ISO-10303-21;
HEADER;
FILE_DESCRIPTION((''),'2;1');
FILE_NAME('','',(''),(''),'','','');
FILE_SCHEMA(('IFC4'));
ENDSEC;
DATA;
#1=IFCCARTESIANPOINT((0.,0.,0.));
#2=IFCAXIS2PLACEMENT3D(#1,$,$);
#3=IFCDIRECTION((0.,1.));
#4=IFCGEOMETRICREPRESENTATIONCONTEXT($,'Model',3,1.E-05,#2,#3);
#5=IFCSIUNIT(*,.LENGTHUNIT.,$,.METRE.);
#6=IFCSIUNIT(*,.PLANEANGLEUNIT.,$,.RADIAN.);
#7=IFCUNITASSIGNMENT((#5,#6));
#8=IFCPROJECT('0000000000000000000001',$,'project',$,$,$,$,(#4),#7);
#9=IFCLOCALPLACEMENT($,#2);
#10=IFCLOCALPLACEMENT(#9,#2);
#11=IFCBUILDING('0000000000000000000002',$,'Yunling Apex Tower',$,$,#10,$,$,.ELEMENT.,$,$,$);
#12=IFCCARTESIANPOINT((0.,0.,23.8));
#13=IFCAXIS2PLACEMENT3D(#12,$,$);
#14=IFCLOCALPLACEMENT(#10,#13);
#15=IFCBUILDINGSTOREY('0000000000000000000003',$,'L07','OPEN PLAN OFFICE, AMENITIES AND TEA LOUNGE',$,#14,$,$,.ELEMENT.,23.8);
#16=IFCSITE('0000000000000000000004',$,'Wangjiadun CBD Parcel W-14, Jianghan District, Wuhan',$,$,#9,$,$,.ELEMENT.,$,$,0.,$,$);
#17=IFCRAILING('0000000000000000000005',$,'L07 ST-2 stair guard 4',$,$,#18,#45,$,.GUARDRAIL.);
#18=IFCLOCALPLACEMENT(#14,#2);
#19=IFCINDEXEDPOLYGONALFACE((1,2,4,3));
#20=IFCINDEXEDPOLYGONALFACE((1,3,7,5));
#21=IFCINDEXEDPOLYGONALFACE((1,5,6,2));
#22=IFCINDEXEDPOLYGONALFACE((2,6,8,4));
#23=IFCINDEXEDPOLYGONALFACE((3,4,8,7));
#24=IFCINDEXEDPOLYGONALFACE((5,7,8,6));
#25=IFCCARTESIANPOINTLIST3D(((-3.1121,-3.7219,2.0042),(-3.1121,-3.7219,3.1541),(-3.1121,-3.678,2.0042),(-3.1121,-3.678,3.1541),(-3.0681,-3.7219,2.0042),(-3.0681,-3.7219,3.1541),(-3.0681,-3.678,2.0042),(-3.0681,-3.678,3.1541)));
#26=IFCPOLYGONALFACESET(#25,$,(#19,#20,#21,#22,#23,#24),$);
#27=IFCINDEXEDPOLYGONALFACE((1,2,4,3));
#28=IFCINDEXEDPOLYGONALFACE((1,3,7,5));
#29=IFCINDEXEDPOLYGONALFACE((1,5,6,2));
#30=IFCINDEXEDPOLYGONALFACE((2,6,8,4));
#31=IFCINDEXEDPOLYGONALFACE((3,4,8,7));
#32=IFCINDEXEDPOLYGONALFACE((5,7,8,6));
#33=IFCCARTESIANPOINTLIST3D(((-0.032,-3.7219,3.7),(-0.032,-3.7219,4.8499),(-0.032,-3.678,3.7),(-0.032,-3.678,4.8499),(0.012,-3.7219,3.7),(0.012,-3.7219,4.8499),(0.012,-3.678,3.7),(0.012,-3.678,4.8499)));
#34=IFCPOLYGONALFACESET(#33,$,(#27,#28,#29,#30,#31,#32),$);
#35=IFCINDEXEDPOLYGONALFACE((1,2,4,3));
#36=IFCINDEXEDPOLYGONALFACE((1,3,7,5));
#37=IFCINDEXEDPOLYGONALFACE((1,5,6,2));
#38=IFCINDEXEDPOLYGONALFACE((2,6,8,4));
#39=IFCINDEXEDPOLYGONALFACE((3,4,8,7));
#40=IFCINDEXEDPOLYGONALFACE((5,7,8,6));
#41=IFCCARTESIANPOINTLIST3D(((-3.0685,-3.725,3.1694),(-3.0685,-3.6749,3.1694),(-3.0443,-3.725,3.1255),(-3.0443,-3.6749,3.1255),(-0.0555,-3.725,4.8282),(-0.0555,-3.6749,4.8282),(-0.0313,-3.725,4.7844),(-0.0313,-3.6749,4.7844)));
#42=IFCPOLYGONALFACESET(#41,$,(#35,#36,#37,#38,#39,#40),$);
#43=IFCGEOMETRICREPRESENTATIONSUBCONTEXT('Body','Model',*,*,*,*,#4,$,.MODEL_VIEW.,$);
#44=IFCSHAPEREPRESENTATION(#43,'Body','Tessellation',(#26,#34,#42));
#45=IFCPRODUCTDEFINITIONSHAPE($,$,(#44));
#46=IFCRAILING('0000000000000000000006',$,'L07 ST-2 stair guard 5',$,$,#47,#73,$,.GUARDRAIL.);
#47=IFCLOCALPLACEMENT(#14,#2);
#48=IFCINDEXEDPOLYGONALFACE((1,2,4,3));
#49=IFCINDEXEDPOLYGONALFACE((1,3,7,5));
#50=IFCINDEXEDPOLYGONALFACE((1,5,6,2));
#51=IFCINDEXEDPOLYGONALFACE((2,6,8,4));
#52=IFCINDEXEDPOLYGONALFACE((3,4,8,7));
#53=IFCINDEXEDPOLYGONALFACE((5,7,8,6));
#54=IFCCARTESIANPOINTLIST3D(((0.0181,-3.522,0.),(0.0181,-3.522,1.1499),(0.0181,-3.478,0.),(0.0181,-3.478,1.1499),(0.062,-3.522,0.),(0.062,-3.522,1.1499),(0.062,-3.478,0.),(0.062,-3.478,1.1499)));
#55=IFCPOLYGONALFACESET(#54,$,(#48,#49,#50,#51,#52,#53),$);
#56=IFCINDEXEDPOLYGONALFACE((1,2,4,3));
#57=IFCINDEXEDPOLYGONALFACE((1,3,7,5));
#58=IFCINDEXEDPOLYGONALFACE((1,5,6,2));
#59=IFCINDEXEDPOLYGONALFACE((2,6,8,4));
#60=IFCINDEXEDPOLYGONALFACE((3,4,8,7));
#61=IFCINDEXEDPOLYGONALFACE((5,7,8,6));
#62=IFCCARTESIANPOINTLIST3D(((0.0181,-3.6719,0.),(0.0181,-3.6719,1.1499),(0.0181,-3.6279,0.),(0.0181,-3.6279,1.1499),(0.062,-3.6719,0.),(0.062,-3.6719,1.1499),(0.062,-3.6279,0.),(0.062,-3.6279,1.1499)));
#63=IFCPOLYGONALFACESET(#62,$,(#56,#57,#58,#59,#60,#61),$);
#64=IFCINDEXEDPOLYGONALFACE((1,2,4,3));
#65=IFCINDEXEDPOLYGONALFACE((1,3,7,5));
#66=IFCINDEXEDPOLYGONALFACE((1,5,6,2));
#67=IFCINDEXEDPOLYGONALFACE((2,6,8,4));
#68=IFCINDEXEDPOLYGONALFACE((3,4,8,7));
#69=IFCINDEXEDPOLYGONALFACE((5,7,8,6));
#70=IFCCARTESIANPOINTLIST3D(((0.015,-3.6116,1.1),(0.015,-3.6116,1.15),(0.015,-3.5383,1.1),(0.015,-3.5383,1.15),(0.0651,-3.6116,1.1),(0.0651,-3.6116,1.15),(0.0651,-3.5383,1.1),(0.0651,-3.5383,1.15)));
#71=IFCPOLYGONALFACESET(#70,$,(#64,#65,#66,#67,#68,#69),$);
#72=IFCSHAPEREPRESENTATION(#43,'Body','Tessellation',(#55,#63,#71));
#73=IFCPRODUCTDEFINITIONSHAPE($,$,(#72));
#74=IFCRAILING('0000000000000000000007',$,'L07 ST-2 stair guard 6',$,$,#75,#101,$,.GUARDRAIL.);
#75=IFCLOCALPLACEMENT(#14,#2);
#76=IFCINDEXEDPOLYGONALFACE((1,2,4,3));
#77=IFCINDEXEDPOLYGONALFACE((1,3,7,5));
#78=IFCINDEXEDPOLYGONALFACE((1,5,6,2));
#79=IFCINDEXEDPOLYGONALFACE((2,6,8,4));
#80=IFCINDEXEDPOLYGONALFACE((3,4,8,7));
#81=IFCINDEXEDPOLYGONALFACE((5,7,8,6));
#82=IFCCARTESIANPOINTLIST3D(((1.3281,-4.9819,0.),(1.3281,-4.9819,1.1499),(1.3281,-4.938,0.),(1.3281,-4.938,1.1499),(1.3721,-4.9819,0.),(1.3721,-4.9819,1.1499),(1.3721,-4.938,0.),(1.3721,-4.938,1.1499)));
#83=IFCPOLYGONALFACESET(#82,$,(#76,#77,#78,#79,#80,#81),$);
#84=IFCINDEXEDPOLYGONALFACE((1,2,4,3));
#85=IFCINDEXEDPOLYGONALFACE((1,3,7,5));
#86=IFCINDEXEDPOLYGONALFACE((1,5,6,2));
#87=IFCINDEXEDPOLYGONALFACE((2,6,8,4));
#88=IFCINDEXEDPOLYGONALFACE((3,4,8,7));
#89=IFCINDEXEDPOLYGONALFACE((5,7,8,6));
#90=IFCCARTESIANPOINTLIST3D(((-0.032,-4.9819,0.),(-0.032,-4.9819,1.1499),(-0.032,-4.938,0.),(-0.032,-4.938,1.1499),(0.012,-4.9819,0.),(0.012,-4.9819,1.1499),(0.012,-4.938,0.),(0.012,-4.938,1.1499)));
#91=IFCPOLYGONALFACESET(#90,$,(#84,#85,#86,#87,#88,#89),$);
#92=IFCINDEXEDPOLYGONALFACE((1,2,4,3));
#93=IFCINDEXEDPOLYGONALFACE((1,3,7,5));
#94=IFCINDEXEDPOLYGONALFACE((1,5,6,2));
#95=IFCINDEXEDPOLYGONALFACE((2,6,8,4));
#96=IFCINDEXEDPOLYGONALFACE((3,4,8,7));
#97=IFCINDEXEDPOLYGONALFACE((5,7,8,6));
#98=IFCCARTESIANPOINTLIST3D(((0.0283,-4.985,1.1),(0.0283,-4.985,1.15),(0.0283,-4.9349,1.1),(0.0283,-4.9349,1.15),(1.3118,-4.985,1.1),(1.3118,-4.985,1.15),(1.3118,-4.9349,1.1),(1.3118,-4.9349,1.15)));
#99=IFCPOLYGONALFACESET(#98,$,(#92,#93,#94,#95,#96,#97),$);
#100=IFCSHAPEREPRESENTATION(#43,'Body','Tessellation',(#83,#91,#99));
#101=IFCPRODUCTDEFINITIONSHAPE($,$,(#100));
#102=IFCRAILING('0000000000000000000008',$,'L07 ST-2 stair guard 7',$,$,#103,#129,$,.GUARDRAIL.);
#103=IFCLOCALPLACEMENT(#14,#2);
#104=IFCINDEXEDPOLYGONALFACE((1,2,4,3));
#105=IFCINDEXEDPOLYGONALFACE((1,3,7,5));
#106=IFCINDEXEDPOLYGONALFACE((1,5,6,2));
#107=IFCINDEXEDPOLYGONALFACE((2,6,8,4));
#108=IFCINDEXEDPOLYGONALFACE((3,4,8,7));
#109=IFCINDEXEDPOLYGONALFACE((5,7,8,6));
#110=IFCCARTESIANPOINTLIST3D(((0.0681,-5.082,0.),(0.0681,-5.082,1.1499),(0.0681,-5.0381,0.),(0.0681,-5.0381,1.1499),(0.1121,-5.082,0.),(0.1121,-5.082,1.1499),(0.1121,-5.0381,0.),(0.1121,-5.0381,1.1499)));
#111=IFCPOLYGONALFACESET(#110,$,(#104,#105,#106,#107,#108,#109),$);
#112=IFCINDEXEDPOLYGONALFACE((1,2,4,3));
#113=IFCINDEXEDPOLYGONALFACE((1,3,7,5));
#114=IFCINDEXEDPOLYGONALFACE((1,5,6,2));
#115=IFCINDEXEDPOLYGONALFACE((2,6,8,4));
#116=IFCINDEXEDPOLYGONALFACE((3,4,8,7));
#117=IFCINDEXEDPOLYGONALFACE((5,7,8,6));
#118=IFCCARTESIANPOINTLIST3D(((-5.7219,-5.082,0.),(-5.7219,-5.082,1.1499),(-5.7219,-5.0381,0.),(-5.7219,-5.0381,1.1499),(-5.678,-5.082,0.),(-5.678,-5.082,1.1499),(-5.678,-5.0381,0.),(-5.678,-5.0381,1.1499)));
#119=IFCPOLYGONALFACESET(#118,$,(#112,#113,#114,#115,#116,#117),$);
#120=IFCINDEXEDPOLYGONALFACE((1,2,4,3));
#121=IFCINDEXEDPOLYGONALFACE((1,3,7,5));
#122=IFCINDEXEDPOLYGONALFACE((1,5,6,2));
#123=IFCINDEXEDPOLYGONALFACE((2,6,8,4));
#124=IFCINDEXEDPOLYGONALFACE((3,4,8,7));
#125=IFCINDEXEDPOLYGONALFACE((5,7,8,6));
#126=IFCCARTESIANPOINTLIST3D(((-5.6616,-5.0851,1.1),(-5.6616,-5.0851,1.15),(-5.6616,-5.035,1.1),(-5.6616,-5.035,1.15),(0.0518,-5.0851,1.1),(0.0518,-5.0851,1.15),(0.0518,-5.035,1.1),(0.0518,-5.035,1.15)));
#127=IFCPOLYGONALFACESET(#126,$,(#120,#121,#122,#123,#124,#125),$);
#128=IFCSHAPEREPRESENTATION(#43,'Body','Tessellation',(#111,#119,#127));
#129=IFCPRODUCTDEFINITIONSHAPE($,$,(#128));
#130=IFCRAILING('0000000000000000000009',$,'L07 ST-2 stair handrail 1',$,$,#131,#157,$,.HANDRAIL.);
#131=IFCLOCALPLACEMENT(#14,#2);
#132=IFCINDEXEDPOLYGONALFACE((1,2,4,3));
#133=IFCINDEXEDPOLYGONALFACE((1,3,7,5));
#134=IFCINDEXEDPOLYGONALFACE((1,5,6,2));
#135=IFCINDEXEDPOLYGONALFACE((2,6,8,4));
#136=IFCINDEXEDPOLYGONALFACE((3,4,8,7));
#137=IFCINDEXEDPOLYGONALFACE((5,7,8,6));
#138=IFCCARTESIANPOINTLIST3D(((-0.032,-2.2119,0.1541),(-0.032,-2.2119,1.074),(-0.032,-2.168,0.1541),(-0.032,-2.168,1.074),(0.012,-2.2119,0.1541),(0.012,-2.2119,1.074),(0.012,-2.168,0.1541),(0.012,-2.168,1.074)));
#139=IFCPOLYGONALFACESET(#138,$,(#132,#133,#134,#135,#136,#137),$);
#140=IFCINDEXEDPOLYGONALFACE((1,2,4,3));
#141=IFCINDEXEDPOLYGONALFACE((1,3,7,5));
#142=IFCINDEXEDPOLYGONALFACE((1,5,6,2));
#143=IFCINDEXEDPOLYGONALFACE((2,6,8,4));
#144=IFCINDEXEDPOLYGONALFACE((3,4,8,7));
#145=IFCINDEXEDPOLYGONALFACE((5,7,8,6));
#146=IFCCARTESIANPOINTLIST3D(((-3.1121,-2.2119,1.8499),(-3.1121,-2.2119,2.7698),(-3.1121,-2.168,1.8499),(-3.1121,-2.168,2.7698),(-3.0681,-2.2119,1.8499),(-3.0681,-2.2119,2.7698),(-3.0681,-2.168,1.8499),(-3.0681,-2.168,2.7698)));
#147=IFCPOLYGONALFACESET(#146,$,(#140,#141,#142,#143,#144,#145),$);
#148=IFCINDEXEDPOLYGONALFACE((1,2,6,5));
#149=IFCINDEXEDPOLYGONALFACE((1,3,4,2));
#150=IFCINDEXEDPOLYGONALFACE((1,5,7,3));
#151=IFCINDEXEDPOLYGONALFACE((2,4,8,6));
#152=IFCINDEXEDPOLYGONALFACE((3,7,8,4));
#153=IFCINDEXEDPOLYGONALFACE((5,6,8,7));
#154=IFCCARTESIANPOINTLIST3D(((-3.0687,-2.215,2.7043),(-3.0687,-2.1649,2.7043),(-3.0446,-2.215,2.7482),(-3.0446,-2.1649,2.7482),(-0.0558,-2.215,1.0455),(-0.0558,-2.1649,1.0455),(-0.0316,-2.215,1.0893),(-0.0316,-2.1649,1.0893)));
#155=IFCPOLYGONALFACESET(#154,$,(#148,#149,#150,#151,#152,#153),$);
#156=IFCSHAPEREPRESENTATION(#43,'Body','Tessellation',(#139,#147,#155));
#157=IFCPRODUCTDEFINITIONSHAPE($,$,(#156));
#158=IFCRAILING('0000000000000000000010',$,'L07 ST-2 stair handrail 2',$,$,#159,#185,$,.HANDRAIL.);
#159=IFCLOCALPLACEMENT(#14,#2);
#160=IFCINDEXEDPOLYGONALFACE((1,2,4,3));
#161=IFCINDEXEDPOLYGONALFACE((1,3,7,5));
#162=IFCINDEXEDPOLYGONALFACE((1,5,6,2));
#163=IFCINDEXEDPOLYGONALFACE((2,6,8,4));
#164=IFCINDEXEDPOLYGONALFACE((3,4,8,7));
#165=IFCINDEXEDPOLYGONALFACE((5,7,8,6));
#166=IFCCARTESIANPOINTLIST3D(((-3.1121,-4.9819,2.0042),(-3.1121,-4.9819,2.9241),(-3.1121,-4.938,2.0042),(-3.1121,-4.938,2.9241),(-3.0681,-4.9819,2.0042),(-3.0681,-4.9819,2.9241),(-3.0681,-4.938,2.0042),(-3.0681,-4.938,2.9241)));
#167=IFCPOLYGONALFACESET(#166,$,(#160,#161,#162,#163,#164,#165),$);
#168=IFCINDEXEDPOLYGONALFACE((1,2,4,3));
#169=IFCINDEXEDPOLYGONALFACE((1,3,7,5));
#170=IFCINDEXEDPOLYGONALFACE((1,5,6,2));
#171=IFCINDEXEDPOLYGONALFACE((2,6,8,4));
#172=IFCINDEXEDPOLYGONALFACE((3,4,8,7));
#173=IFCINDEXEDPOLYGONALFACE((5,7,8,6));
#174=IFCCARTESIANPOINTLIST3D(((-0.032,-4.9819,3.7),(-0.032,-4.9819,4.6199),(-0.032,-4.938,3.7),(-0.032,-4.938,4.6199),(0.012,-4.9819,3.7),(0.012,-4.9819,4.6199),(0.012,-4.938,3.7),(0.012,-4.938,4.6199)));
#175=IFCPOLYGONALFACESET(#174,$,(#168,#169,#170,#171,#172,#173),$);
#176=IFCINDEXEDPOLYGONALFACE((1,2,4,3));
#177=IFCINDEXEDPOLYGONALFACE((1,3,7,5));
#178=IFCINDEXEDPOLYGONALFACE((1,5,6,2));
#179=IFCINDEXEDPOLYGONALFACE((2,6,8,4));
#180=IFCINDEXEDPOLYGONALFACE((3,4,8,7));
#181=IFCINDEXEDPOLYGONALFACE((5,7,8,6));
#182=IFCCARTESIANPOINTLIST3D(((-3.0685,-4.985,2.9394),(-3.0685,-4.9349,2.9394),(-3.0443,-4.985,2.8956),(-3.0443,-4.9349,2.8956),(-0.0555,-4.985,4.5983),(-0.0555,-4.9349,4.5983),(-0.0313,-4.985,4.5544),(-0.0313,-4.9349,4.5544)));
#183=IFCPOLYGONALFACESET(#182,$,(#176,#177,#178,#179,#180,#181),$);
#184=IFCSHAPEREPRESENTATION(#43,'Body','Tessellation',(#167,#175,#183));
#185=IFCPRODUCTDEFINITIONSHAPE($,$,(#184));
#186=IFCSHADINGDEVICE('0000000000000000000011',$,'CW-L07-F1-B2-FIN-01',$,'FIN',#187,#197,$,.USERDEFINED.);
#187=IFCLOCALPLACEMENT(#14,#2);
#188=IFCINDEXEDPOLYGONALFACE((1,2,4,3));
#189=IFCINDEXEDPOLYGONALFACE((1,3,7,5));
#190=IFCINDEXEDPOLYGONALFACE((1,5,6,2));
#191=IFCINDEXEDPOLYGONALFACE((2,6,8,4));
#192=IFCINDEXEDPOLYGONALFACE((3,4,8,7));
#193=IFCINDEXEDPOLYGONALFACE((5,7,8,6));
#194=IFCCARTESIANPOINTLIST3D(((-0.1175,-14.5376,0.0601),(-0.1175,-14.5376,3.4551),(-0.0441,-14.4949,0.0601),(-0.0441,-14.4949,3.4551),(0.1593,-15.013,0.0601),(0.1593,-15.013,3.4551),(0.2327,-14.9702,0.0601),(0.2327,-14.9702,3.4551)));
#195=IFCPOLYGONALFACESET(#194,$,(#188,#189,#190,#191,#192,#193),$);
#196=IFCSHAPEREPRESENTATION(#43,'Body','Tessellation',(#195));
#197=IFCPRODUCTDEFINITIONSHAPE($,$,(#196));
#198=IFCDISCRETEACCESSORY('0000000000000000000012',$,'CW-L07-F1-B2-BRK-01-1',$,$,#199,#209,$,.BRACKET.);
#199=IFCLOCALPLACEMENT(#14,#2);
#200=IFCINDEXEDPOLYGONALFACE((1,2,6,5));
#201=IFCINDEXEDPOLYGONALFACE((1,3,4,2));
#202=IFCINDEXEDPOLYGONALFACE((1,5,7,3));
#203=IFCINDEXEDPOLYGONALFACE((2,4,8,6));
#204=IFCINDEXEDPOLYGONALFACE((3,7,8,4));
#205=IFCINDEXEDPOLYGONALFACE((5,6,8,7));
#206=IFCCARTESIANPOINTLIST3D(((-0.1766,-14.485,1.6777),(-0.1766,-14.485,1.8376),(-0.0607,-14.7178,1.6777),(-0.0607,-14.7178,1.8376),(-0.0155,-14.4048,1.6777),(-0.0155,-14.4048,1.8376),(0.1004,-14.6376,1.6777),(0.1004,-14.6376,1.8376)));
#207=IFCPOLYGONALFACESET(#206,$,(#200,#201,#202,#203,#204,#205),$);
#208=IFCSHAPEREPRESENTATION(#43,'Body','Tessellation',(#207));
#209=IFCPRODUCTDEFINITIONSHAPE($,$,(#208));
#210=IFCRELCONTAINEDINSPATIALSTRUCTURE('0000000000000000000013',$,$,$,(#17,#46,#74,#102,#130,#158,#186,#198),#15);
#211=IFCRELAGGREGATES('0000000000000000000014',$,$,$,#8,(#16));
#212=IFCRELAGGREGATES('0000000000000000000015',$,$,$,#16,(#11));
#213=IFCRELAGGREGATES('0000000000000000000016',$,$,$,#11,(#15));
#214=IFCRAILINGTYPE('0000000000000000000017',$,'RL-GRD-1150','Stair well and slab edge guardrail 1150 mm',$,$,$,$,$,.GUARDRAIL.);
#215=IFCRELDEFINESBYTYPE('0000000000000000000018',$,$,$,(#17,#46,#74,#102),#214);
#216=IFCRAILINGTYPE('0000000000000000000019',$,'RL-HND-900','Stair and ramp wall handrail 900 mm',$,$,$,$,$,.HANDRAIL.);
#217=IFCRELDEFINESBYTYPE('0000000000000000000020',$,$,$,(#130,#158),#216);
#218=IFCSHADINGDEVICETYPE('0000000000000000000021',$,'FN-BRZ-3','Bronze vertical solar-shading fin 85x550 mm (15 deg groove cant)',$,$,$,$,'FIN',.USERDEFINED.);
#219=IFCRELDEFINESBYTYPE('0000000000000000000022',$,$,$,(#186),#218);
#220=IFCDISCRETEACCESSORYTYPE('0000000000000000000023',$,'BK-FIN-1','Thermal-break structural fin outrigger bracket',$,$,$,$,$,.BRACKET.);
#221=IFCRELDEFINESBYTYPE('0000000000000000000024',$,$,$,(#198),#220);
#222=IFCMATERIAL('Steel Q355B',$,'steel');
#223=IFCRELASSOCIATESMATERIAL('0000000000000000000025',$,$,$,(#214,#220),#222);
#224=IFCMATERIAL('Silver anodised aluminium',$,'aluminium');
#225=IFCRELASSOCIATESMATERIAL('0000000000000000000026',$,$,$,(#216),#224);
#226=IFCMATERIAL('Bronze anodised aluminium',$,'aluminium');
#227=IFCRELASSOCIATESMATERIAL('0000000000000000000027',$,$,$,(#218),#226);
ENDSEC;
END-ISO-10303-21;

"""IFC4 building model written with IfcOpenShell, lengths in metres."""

from ifc_helpers import new_model, si_unit, direction, frame, origin, origin_2d, place, context, subcontext, project, spatial, rectangle, extrude, source, transform, mapped, material, material_profile, profile_set, type_object, element, save


model = new_model("IFC4")

# Units and contexts
model_context = context("Model", 3, precision=1e-05, world=origin(), true_north=direction((0.0, 1.0)))
body_context = subcontext(model_context, "Body", "Model", "MODEL_VIEW")
ifc_project = project(units=[si_unit("LENGTHUNIT", "METRE"), si_unit("PLANEANGLEUNIT", "RADIAN")], contexts=[model_context])

# Site, building, storey
site_placement = place(None, origin())
site = spatial("IfcSite", under=ifc_project, at=site_placement, Name="Wangjiadun CBD Parcel W-14, Jianghan District, Wuhan", CompositionType="ELEMENT", RefElevation=0.0)
building_placement = place(site_placement, origin())
building = spatial("IfcBuilding", under=site, at=building_placement, Name="Yunling Apex Tower", CompositionType="ELEMENT")
storey_placement = place(building_placement, frame((0.0, 0.0, 23.8)))
storey = spatial("IfcBuildingStorey", under=building, at=storey_placement, Name="L07", Description="OPEN PLAN OFFICE, AMENITIES AND TEA LOUNGE", CompositionType="ELEMENT", Elevation=23.8)

# Shared definitions
ifc_material_1 = material(Name="Steel Q355B", Category="steel")

# Shared definitions
ifc_material_2 = material(Name="Bronze anodised aluminium", Category="aluminium")

# Railings
railing_type_1 = type_object("IfcRailingType", Name="RL-GRD-1150", Description="Stair well and slab edge guardrail 1150 mm", PredefinedType="GUARDRAIL", material=ifc_material_1)
railing_1_placement = place(storey_placement, frame((-3.0901, -3.7, 2.0042)))
element("IfcRailing", 1, at=railing_1_placement, inside=storey, type_object=railing_type_1, Name="L07 ST-2 stair guard 4", PredefinedType="GUARDRAIL", context=body_context, shape_type="SweptSolid", body=[
    extrude(rectangle(XDim=0.0439, YDim=0.0439, at=origin_2d()), origin(), (0.0, 0.0, 1.0), 1.1499),
    extrude(rectangle(XDim=0.0439, YDim=0.0439, at=origin_2d()), frame((3.0801, 0.0, 1.6958)), (0.0, 0.0, 1.0), 1.1499),
    extrude(rectangle(XDim=0.05, YDim=0.05, at=origin_2d()), frame((0.0337, 0.0, 1.1433), z_axis=(0.876005, 0.0, 0.482303), x_axis=(0.0, 1.0, 0.0)), (0.0, 0.0, 1.0), 3.4395),
])
railing_2_placement = place(storey_placement, frame((0.04, -3.5, 0.0)))
element("IfcRailing", 2, at=railing_2_placement, inside=storey, type_object=railing_type_1, Name="L07 ST-2 stair guard 5", PredefinedType="GUARDRAIL", context=body_context, shape_type="SweptSolid", body=[
    extrude(rectangle(XDim=0.0439, YDim=0.0439, at=origin_2d()), origin(), (0.0, 0.0, 1.0), 1.1499),
    extrude(rectangle(XDim=0.0439, YDim=0.0439, at=origin_2d()), frame((0.0, -0.1499, 0.0)), (0.0, 0.0, 1.0), 1.1499),
    extrude(rectangle(XDim=0.05, YDim=0.05, at=origin_2d()), frame((0.0, -0.0383, 1.125), z_axis=(0.0, -1.0, 0.0), x_axis=(1.0, 0.0, 0.0)), (0.0, 0.0, 1.0), 0.0732),
])
railing_3_placement = place(storey_placement, frame((1.3501, -4.96, 0.0)))
element("IfcRailing", 3, at=railing_3_placement, inside=storey, type_object=railing_type_1, Name="L07 ST-2 stair guard 6", PredefinedType="GUARDRAIL", context=body_context, shape_type="SweptSolid", body=[
    extrude(rectangle(XDim=0.0439, YDim=0.0439, at=origin_2d()), origin(), (0.0, 0.0, 1.0), 1.1499),
    extrude(rectangle(XDim=0.0439, YDim=0.0439, at=origin_2d()), frame((-1.3601, 0.0, 0.0)), (0.0, 0.0, 1.0), 1.1499),
    extrude(rectangle(XDim=0.05, YDim=0.05, at=origin_2d()), frame((-0.0383, 0.0, 1.125), z_axis=(-1.0, 0.0, 0.0), x_axis=(0.0, -1.0, 0.0)), (0.0, 0.0, 1.0), 1.2834),
])
railing_4_placement = place(storey_placement, frame((0.0901, -5.0601, 0.0)))
element("IfcRailing", 4, at=railing_4_placement, inside=storey, type_object=railing_type_1, Name="L07 ST-2 stair guard 7", PredefinedType="GUARDRAIL", context=body_context, shape_type="SweptSolid", body=[
    extrude(rectangle(XDim=0.0439, YDim=0.0439, at=origin_2d()), origin(), (0.0, 0.0, 1.0), 1.1499),
    extrude(rectangle(XDim=0.0439, YDim=0.0439, at=origin_2d()), frame((-5.79, 0.0, 0.0)), (0.0, 0.0, 1.0), 1.1499),
    extrude(rectangle(XDim=0.05, YDim=0.05, at=origin_2d()), frame((-0.0383, 0.0, 1.125), z_axis=(-1.0, 0.0, 0.0), x_axis=(0.0, -1.0, 0.0)), (0.0, 0.0, 1.0), 5.7134),
])
ifc_material_3 = material(Name="Silver anodised aluminium", Category="aluminium")
railing_type_2 = type_object("IfcRailingType", Name="RL-HND-900", Description="Stair and ramp wall handrail 900 mm", PredefinedType="HANDRAIL", material=ifc_material_3)
railing_5_placement = place(storey_placement, frame((-0.01, -2.1899, 0.1541)))
element("IfcRailing", 5, at=railing_5_placement, inside=storey, type_object=railing_type_2, Name="L07 ST-2 stair handrail 1", PredefinedType="HANDRAIL", context=body_context, shape_type="SweptSolid", body=[
    extrude(rectangle(XDim=0.0439, YDim=0.0439, at=origin_2d()), origin(), (0.0, 0.0, 1.0), 0.9199),
    extrude(rectangle(XDim=0.0439, YDim=0.0439, at=origin_2d()), frame((-3.0801, 0.0, 1.6958)), (0.0, 0.0, 1.0), 0.9199),
    extrude(rectangle(XDim=0.05, YDim=0.05, at=origin_2d()), frame((-0.0337, 0.0, 0.9133), z_axis=(-0.876005, 0.0, 0.482303), x_axis=(0.0, -1.0, 0.0)), (0.0, 0.0, 1.0), 3.4395),
])
railing_6_placement = place(storey_placement, frame((-3.0901, -4.96, 2.0042)))
element("IfcRailing", 6, at=railing_6_placement, inside=storey, type_object=railing_type_2, Name="L07 ST-2 stair handrail 2", PredefinedType="HANDRAIL", context=body_context, shape_type="SweptSolid", body=[
    extrude(rectangle(XDim=0.0439, YDim=0.0439, at=origin_2d()), origin(), (0.0, 0.0, 1.0), 0.9199),
    extrude(rectangle(XDim=0.0439, YDim=0.0439, at=origin_2d()), frame((3.0801, 0.0, 1.6958)), (0.0, 0.0, 1.0), 0.9199),
    extrude(rectangle(XDim=0.05, YDim=0.05, at=origin_2d()), frame((0.0337, 0.0, 0.9133), z_axis=(0.876005, 0.0, 0.482303), x_axis=(0.0, 1.0, 0.0)), (0.0, 0.0, 1.0), 3.4395),
])

# Shading device
ifc_material_profile_1 = material_profile(ifc_material_2, rectangle(XDim=0.085, YDim=0.55, at=origin_2d()))
ifc_profile_set_1 = profile_set([ifc_material_profile_1], Name="Bronze anodised aluminium")
shading_device_type = type_object("IfcShadingDeviceType", Name="FN-BRZ-3", Description="Bronze vertical solar-shading fin 85x550 mm (15 deg groove cant)", ElementType="FIN", PredefinedType="USERDEFINED", material=ifc_profile_set_1)
shared_shape_1 = source(origin(), body_context, "Body", "SweptSolid", [
    extrude(rectangle(XDim=0.085, YDim=0.55, at=origin_2d()), origin(), (0.0, 0.0, 1.0), 3.395),
])
shading_device_placement = place(storey_placement, frame((0.0576, -14.7539, 0.0601), z_axis=(0.0, 0.0, 1.0), x_axis=(0.864187, 0.503171, 0.0)))
element("IfcShadingDevice", 7, at=shading_device_placement, inside=storey, type_object=shading_device_type, Name="CW-L07-F1-B2-FIN-01", ObjectType="FIN", PredefinedType="USERDEFINED", context=body_context, shape_type="MappedRepresentation", body=[
    mapped(shared_shape_1, transform((0.0, 0.0, 0.0), scale=1.0)),
])

# Discrete accessory
discrete_accessory_type = type_object("IfcDiscreteAccessoryType", Name="BK-FIN-1", Description="Thermal-break structural fin outrigger bracket", PredefinedType="BRACKET", material=ifc_material_1)
shared_shape_2 = source(origin(), body_context, "Body", "SweptSolid", [
    extrude(rectangle(XDim=0.1799, YDim=0.26, at=origin_2d()), origin(), (0.0, 0.0, 1.0), 0.1599),
])
discrete_accessory_placement = place(storey_placement, frame((-0.0381, -14.5613, 1.6777), z_axis=(0.0, 0.0, 1.0), x_axis=(0.895246, 0.445573, 0.0)))
element("IfcDiscreteAccessory", 8, at=discrete_accessory_placement, inside=storey, type_object=discrete_accessory_type, Name="CW-L07-F1-B2-BRK-01-1", PredefinedType="BRACKET", context=body_context, shape_type="MappedRepresentation", body=[
    mapped(shared_shape_2, transform((0.0, 0.0, 0.0), scale=1.0)),
])

save(model, "model.ifc")
